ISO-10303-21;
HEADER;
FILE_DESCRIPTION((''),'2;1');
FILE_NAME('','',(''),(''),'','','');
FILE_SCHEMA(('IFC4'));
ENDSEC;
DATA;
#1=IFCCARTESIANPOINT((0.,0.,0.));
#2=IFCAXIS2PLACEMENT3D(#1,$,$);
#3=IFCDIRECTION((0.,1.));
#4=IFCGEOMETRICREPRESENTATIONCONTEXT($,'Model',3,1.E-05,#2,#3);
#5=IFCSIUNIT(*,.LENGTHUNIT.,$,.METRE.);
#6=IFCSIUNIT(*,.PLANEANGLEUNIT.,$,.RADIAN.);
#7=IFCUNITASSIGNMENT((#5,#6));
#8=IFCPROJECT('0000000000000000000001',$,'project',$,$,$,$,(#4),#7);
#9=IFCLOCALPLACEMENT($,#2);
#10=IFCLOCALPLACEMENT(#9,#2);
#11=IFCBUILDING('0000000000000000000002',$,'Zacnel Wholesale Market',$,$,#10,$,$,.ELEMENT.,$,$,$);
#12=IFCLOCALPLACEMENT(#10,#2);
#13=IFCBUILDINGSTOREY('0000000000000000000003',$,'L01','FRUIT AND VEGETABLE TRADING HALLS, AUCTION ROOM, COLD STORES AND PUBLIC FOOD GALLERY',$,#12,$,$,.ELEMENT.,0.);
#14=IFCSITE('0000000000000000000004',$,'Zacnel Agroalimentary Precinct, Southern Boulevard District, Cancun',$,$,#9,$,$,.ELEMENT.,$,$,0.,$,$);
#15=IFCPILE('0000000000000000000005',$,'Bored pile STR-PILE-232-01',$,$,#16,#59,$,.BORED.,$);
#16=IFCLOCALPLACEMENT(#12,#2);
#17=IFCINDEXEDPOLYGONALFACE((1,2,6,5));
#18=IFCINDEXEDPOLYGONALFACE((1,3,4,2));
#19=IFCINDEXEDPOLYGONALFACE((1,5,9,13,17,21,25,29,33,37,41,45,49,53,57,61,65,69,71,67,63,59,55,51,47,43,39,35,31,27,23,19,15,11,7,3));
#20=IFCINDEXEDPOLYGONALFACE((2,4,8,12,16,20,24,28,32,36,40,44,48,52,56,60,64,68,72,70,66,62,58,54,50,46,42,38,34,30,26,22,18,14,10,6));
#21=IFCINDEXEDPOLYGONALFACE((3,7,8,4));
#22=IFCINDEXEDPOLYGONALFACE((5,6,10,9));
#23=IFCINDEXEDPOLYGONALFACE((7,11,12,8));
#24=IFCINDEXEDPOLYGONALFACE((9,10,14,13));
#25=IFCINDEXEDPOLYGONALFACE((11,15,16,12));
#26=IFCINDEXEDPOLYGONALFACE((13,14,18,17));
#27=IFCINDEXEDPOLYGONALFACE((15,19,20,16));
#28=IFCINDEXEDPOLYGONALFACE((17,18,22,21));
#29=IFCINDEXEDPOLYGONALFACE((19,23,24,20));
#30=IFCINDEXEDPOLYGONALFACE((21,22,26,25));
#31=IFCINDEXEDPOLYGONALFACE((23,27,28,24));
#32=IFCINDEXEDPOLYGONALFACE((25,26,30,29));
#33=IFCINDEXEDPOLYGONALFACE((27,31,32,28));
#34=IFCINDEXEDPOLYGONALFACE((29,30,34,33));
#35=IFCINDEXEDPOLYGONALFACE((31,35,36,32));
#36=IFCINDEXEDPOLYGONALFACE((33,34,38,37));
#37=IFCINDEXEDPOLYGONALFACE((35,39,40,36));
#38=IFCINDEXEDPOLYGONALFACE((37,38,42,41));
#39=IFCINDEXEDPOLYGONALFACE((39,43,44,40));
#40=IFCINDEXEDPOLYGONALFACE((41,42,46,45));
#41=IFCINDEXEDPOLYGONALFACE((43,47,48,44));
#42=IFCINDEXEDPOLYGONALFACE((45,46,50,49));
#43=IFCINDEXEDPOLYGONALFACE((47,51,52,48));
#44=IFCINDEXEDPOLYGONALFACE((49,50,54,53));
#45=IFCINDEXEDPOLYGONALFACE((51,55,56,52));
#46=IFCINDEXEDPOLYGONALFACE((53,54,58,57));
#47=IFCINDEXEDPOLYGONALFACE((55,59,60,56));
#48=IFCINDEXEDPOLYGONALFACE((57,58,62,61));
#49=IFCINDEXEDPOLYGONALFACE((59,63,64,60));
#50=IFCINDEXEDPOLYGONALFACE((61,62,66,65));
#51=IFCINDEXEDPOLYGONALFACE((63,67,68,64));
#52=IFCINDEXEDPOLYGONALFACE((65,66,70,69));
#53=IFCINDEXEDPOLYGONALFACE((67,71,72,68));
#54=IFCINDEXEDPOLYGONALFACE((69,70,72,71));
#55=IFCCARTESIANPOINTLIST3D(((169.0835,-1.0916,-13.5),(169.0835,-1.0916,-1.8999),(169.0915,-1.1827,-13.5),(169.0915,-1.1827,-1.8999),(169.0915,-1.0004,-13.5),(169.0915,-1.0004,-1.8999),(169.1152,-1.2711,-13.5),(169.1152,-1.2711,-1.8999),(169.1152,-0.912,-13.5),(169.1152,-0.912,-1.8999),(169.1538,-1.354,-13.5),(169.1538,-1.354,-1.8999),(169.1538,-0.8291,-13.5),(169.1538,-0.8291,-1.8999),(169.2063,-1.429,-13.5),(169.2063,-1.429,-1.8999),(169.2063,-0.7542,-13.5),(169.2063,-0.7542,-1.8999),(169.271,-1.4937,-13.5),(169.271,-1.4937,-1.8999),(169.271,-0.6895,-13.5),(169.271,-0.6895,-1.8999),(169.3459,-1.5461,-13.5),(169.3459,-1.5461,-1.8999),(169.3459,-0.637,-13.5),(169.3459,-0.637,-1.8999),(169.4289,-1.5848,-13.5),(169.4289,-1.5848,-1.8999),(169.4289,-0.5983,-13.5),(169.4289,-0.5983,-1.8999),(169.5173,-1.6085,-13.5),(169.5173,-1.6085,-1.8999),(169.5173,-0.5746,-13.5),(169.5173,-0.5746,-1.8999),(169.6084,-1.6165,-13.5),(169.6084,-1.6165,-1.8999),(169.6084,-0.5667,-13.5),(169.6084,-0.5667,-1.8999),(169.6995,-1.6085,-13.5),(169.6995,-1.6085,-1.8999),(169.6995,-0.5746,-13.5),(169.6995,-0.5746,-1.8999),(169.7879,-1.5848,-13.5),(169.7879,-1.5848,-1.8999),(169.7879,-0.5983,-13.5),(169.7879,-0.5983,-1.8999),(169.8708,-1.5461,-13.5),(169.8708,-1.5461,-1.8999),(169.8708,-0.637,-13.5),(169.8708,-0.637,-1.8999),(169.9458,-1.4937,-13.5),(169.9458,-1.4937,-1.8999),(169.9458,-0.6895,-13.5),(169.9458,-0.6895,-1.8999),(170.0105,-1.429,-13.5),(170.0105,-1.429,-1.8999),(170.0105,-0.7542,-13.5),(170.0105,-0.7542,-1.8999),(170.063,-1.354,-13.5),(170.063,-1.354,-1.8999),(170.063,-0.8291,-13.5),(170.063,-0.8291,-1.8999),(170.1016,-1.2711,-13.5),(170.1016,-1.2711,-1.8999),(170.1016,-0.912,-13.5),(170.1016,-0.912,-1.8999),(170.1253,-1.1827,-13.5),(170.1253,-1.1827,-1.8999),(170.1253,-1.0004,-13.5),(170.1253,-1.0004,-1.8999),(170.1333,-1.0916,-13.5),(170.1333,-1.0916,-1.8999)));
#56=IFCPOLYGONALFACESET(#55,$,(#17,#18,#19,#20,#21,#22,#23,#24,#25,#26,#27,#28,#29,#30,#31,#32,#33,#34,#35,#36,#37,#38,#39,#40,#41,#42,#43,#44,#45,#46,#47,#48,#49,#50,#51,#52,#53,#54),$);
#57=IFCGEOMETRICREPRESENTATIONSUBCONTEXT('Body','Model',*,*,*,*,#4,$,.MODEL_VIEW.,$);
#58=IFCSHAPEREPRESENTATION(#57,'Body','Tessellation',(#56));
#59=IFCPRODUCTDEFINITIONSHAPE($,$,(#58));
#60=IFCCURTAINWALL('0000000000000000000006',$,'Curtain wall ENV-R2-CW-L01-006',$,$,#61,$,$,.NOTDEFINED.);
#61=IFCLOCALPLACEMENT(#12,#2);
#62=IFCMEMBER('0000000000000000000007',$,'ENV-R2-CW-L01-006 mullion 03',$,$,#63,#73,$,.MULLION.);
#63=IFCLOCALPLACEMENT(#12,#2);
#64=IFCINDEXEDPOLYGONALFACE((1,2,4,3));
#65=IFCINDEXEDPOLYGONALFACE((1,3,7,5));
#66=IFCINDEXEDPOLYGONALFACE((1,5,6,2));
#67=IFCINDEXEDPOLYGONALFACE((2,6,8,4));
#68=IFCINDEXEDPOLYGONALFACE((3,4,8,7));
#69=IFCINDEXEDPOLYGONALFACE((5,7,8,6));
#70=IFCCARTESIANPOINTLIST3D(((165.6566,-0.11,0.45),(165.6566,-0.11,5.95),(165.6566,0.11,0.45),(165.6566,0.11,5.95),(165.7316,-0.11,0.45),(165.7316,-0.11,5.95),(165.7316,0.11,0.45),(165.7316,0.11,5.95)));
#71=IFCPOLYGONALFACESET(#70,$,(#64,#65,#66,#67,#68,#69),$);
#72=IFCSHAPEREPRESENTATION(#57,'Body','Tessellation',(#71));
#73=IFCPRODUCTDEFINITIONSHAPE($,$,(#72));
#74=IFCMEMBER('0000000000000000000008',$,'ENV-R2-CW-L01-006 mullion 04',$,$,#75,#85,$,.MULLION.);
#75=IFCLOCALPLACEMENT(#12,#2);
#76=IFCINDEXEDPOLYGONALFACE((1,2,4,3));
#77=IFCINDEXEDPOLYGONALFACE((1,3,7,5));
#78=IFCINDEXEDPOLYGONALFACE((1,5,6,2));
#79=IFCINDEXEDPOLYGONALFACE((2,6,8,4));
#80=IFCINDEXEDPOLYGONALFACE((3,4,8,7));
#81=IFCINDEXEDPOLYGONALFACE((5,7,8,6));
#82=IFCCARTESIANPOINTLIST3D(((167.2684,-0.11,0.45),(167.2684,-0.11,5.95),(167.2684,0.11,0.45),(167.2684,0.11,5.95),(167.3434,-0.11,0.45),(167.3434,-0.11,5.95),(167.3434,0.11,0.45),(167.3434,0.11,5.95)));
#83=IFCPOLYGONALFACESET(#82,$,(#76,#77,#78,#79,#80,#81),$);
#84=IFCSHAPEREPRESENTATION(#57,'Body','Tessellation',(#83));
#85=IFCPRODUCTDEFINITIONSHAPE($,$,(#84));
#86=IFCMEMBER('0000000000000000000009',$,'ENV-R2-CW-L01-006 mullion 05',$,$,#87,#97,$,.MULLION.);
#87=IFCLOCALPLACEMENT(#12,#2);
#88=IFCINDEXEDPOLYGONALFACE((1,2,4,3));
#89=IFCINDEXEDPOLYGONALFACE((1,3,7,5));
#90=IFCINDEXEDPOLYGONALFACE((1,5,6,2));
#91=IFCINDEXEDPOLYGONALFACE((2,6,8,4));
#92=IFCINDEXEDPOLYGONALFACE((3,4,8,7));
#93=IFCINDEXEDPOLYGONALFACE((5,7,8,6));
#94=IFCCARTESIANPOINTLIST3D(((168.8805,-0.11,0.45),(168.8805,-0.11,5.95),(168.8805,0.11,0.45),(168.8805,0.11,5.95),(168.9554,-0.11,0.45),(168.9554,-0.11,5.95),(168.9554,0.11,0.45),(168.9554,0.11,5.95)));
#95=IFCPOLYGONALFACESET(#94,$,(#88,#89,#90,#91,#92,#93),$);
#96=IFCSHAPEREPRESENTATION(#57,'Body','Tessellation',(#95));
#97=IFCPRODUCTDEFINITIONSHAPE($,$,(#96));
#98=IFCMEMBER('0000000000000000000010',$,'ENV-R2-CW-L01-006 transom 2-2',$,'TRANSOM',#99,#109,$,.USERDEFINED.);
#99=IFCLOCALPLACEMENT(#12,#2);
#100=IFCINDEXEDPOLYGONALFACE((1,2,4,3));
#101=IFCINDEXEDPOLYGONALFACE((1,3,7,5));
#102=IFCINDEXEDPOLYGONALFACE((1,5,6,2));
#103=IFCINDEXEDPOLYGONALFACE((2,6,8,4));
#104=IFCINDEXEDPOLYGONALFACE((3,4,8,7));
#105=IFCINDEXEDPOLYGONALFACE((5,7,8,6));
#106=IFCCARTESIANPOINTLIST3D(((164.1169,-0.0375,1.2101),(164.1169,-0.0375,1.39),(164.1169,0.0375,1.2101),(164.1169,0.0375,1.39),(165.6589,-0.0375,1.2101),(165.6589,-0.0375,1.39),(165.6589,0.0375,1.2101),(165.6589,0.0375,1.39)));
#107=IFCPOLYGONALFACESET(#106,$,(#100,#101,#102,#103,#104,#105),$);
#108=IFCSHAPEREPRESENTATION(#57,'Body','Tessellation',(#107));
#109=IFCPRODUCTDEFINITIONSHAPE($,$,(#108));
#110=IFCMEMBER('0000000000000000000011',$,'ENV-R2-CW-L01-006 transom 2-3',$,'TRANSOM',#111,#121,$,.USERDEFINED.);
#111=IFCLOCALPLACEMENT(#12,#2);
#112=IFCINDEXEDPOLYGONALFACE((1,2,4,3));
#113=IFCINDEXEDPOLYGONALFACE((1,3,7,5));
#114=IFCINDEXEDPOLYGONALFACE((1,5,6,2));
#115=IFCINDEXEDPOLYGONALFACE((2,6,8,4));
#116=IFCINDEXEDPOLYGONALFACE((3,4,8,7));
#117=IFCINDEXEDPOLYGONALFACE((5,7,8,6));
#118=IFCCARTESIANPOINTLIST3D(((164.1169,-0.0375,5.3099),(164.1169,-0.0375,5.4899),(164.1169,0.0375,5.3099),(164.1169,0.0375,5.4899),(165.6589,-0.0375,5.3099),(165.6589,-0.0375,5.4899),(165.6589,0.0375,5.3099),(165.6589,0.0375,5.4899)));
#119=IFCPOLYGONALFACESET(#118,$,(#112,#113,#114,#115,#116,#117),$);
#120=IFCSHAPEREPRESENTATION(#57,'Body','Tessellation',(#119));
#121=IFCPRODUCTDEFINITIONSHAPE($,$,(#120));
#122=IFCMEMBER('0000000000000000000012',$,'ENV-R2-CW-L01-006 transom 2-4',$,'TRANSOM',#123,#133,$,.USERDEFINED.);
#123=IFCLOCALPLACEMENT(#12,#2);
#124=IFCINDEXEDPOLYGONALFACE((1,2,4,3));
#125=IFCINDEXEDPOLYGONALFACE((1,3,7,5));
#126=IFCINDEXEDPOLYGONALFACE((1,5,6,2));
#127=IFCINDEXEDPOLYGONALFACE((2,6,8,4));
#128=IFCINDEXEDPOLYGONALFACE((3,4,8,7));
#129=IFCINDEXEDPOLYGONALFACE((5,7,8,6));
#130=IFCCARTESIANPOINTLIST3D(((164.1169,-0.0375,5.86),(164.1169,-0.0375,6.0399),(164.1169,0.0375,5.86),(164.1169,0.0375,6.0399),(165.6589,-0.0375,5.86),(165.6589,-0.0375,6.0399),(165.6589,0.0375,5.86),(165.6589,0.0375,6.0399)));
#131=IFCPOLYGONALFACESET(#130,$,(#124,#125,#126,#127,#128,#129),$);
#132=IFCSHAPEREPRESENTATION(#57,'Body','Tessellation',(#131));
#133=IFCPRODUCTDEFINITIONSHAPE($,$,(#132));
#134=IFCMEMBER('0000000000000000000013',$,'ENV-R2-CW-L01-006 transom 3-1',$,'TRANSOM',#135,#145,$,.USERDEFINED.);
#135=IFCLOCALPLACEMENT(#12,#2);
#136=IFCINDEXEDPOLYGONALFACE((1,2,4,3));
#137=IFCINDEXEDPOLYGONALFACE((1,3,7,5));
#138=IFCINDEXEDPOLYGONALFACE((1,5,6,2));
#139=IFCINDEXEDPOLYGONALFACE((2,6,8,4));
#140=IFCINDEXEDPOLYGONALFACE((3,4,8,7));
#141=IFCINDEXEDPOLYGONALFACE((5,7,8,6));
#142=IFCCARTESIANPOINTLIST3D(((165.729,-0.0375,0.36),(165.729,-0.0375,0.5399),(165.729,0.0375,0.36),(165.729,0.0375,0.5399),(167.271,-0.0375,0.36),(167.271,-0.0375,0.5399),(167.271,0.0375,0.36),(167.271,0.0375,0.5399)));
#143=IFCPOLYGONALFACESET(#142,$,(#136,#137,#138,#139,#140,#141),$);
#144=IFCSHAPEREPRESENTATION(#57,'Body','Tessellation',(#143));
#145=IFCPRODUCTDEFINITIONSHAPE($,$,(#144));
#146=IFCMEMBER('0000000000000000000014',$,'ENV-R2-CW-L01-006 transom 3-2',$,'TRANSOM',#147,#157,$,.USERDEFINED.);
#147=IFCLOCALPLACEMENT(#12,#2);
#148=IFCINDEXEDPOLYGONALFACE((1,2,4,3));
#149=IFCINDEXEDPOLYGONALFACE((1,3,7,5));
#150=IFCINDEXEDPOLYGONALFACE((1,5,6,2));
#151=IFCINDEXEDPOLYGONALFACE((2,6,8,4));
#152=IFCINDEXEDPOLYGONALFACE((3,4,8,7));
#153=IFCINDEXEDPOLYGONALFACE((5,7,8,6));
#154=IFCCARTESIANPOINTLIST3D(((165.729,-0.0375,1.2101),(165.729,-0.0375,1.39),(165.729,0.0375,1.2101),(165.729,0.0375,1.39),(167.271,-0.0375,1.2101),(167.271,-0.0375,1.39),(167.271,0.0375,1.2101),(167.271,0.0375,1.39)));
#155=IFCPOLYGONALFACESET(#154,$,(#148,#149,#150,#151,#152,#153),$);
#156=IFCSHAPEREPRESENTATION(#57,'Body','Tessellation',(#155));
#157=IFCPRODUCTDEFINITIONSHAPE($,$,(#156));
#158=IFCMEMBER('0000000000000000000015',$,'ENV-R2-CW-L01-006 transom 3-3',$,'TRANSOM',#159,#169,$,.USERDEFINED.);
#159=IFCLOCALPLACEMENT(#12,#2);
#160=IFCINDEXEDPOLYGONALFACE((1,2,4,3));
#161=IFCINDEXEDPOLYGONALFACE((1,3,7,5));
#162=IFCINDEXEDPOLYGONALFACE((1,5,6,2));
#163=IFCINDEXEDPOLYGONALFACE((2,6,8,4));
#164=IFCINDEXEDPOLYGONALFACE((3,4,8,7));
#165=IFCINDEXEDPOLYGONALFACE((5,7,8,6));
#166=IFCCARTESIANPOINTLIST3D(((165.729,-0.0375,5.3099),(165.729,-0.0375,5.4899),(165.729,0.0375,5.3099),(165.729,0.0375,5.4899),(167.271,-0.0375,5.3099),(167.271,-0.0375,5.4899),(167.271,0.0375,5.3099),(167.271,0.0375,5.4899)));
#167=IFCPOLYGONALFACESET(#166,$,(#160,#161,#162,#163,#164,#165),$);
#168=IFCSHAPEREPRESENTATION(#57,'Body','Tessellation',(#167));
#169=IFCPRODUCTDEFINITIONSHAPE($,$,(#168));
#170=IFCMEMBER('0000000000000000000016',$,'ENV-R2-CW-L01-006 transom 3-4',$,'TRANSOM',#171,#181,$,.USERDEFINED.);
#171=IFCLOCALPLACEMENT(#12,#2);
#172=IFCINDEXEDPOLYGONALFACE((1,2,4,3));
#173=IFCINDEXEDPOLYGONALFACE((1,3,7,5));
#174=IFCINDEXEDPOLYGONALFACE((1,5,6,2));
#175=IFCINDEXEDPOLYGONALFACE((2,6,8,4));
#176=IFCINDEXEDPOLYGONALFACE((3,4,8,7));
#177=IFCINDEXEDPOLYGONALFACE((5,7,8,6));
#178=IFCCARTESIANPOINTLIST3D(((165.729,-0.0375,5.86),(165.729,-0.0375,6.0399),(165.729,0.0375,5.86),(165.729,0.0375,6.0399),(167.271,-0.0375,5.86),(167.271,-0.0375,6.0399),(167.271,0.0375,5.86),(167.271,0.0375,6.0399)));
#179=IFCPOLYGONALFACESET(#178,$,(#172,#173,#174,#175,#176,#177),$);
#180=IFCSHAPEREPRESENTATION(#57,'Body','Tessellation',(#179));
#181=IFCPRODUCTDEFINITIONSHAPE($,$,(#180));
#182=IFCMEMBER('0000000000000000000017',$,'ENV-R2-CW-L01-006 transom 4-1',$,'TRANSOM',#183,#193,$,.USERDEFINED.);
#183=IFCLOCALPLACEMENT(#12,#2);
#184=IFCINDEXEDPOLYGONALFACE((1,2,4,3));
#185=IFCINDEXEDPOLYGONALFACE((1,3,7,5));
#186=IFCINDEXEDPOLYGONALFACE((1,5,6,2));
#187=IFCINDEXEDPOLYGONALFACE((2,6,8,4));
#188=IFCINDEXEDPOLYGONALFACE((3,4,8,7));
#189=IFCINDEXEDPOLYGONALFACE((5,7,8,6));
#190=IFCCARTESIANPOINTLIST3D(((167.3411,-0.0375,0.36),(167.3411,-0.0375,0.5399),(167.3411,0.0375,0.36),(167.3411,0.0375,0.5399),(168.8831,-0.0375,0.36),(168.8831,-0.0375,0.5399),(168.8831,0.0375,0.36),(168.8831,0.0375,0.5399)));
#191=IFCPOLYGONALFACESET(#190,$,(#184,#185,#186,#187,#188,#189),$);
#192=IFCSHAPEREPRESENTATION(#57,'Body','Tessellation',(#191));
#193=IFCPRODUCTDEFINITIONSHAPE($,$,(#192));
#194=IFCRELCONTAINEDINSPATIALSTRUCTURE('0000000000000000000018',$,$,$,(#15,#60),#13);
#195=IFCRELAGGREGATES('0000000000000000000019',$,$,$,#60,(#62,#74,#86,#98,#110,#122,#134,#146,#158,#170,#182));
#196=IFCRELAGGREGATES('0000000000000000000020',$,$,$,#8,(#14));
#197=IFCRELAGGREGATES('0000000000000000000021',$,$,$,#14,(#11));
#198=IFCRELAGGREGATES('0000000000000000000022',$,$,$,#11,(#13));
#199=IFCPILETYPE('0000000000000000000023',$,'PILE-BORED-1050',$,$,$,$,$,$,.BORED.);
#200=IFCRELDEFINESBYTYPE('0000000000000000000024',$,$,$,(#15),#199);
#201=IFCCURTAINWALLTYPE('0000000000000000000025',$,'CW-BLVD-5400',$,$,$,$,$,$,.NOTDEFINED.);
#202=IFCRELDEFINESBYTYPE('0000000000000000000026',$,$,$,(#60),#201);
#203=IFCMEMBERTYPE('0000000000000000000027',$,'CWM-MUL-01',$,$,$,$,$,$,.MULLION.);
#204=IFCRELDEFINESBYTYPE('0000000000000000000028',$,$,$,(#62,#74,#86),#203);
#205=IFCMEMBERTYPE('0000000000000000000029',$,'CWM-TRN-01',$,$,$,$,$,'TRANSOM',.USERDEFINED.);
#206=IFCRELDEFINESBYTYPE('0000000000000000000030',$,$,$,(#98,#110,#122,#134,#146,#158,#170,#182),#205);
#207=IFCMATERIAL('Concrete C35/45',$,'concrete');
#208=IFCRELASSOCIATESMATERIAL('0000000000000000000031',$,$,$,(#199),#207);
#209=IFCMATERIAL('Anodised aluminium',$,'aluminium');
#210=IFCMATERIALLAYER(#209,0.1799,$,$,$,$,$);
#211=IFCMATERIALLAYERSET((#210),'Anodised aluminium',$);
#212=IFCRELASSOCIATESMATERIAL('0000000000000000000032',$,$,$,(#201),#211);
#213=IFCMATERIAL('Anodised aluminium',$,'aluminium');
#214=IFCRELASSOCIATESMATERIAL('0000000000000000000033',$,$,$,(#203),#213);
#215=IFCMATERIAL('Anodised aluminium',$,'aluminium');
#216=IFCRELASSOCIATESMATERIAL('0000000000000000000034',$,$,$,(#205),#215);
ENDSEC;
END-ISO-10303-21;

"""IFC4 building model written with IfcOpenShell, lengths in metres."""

from ifc_helpers import new_model, si_unit, direction, frame, origin, origin_2d, place, context, subcontext, project, spatial, rectangle, circle, extrude, material, layer, layer_set, material_profile, profile_set, type_object, element, aggregate, save


model = new_model("IFC4")

# Units and contexts
model_context = context("Model", 3, precision=1e-05, world=origin(), true_north=direction((0.0, 1.0)))
body_context = subcontext(model_context, "Body", "Model", "MODEL_VIEW")
ifc_project = project(units=[si_unit("LENGTHUNIT", "METRE"), si_unit("PLANEANGLEUNIT", "RADIAN")], contexts=[model_context])

# Site, building, storey
site_placement = place(None, origin())
site = spatial("IfcSite", under=ifc_project, at=site_placement, Name="Zacnel Agroalimentary Precinct, Southern Boulevard District, Cancun", CompositionType="ELEMENT", RefElevation=0.0)
building_placement = place(site_placement, origin())
building = spatial("IfcBuilding", under=site, at=building_placement, Name="Zacnel Wholesale Market", CompositionType="ELEMENT")
storey_placement = place(building_placement, origin())
storey = spatial("IfcBuildingStorey", under=building, at=storey_placement, Name="L01", Description="FRUIT AND VEGETABLE TRADING HALLS, AUCTION ROOM, COLD STORES AND PUBLIC FOOD GALLERY", CompositionType="ELEMENT", Elevation=0.0)

# Pile
ifc_material_1 = material(Name="Concrete C35/45", Category="concrete")
ifc_material_profile_1 = material_profile(ifc_material_1, circle(Radius=0.5249, at=origin_2d()), Name="BORED PILE D1050")
ifc_profile_set_1 = profile_set([ifc_material_profile_1], Name="Concrete C35/45")
pile_type = type_object("IfcPileType", Name="PILE-BORED-1050", PredefinedType="BORED", material=ifc_profile_set_1)
pile_placement = place(storey_placement, frame((169.6084, -1.0916, -1.8999), z_axis=(0.0, 0.0, -1.0), x_axis=(1.0, 0.0, 0.0)))
element("IfcPile", 1, at=pile_placement, inside=storey, type_object=pile_type, Name="Bored pile STR-PILE-232-01", PredefinedType="BORED", context=body_context, shape_type="SweptSolid", body=[
    extrude(circle(Radius=0.5249, at=origin_2d()), origin(), (0.0, 0.0, 1.0), 11.6001),
])

# Curtain wall, members
ifc_material_2 = material(Name="Anodised aluminium", Category="aluminium")
ifc_layer_1 = layer(ifc_material_2, 0.1799)
ifc_layer_set_1 = layer_set([ifc_layer_1], Name="Anodised aluminium")
curtain_wall_type = type_object("IfcCurtainWallType", Name="CW-BLVD-5400", PredefinedType="NOTDEFINED", material=ifc_layer_set_1)
curtain_wall_placement = place(storey_placement, origin())
curtain_wall = element("IfcCurtainWall", 2, at=curtain_wall_placement, inside=storey, type_object=curtain_wall_type, Name="Curtain wall ENV-R2-CW-L01-006", PredefinedType="NOTDEFINED")
ifc_material_3 = material(Name="Anodised aluminium", Category="aluminium")
ifc_material_profile_2 = material_profile(ifc_material_3, rectangle(XDim=0.075, YDim=0.22, at=origin_2d()), Name="AW-MULLION 75x220")
ifc_profile_set_2 = profile_set([ifc_material_profile_2], Name="Anodised aluminium")
member_type_1 = type_object("IfcMemberType", Name="CWM-MUL-01", PredefinedType="MULLION", material=ifc_profile_set_2)
member_1_placement = place(storey_placement, frame((165.6941, 0.0, 0.45), z_axis=(0.0, 0.0, 1.0), x_axis=(1.0, 0.0, 0.0)))
member_1 = element("IfcMember", 3, at=member_1_placement, type_object=member_type_1, Name="ENV-R2-CW-L01-006 mullion 03", PredefinedType="MULLION", context=body_context, shape_type="SweptSolid", body=[
    extrude(rectangle(XDim=0.075, YDim=0.22, at=origin_2d()), origin(), (0.0, 0.0, 1.0), 5.5),
])
member_2_placement = place(storey_placement, frame((167.3059, 0.0, 0.45), z_axis=(0.0, 0.0, 1.0), x_axis=(1.0, 0.0, 0.0)))
member_2 = element("IfcMember", 4, at=member_2_placement, type_object=member_type_1, Name="ENV-R2-CW-L01-006 mullion 04", PredefinedType="MULLION", context=body_context, shape_type="SweptSolid", body=[
    extrude(rectangle(XDim=0.075, YDim=0.22, at=origin_2d()), origin(), (0.0, 0.0, 1.0), 5.5),
])
member_3_placement = place(storey_placement, frame((168.918, 0.0, 0.45), z_axis=(0.0, 0.0, 1.0), x_axis=(1.0, 0.0, 0.0)))
member_3 = element("IfcMember", 5, at=member_3_placement, type_object=member_type_1, Name="ENV-R2-CW-L01-006 mullion 05", PredefinedType="MULLION", context=body_context, shape_type="SweptSolid", body=[
    extrude(rectangle(XDim=0.075, YDim=0.22, at=origin_2d()), origin(), (0.0, 0.0, 1.0), 5.5),
])
ifc_material_4 = material(Name="Anodised aluminium", Category="aluminium")
ifc_material_profile_3 = material_profile(ifc_material_4, rectangle(XDim=0.075, YDim=0.1799, at=origin_2d()), Name="AW-TRANSOM 75x180")
ifc_profile_set_3 = profile_set([ifc_material_profile_3], Name="Anodised aluminium")
member_type_2 = type_object("IfcMemberType", Name="CWM-TRN-01", ElementType="TRANSOM", PredefinedType="USERDEFINED", material=ifc_profile_set_3)
member_4_placement = place(storey_placement, frame((164.1169, 0.0, 1.3), z_axis=(1.0, 0.0, 0.0), x_axis=(0.0, 1.0, 0.0)))
member_4 = element("IfcMember", 6, at=member_4_placement, type_object=member_type_2, Name="ENV-R2-CW-L01-006 transom 2-2", ObjectType="TRANSOM", PredefinedType="USERDEFINED", context=body_context, shape_type="SweptSolid", body=[
    extrude(rectangle(XDim=0.075, YDim=0.1799, at=origin_2d()), origin(), (0.0, 0.0, 1.0), 1.542),
])
member_5_placement = place(storey_placement, frame((164.1169, 0.0, 5.3999), z_axis=(1.0, 0.0, 0.0), x_axis=(0.0, 1.0, 0.0)))
member_5 = element("IfcMember", 7, at=member_5_placement, type_object=member_type_2, Name="ENV-R2-CW-L01-006 transom 2-3", ObjectType="TRANSOM", PredefinedType="USERDEFINED", context=body_context, shape_type="SweptSolid", body=[
    extrude(rectangle(XDim=0.075, YDim=0.1799, at=origin_2d()), origin(), (0.0, 0.0, 1.0), 1.542),
])
member_6_placement = place(storey_placement, frame((164.1169, 0.0, 5.95), z_axis=(1.0, 0.0, 0.0), x_axis=(0.0, 1.0, 0.0)))
member_6 = element("IfcMember", 8, at=member_6_placement, type_object=member_type_2, Name="ENV-R2-CW-L01-006 transom 2-4", ObjectType="TRANSOM", PredefinedType="USERDEFINED", context=body_context, shape_type="SweptSolid", body=[
    extrude(rectangle(XDim=0.075, YDim=0.1799, at=origin_2d()), origin(), (0.0, 0.0, 1.0), 1.542),
])
member_7_placement = place(storey_placement, frame((165.729, 0.0, 0.45), z_axis=(1.0, 0.0, 0.0), x_axis=(0.0, 1.0, 0.0)))
member_7 = element("IfcMember", 9, at=member_7_placement, type_object=member_type_2, Name="ENV-R2-CW-L01-006 transom 3-1", ObjectType="TRANSOM", PredefinedType="USERDEFINED", context=body_context, shape_type="SweptSolid", body=[
    extrude(rectangle(XDim=0.075, YDim=0.1799, at=origin_2d()), origin(), (0.0, 0.0, 1.0), 1.542),
])
member_8_placement = place(storey_placement, frame((165.729, 0.0, 1.3), z_axis=(1.0, 0.0, 0.0), x_axis=(0.0, 1.0, 0.0)))
member_8 = element("IfcMember", 10, at=member_8_placement, type_object=member_type_2, Name="ENV-R2-CW-L01-006 transom 3-2", ObjectType="TRANSOM", PredefinedType="USERDEFINED", context=body_context, shape_type="SweptSolid", body=[
    extrude(rectangle(XDim=0.075, YDim=0.1799, at=origin_2d()), origin(), (0.0, 0.0, 1.0), 1.542),
])
member_9_placement = place(storey_placement, frame((165.729, 0.0, 5.3999), z_axis=(1.0, 0.0, 0.0), x_axis=(0.0, 1.0, 0.0)))
member_9 = element("IfcMember", 11, at=member_9_placement, type_object=member_type_2, Name="ENV-R2-CW-L01-006 transom 3-3", ObjectType="TRANSOM", PredefinedType="USERDEFINED", context=body_context, shape_type="SweptSolid", body=[
    extrude(rectangle(XDim=0.075, YDim=0.1799, at=origin_2d()), origin(), (0.0, 0.0, 1.0), 1.542),
])
member_10_placement = place(storey_placement, frame((165.729, 0.0, 5.95), z_axis=(1.0, 0.0, 0.0), x_axis=(0.0, 1.0, 0.0)))
member_10 = element("IfcMember", 12, at=member_10_placement, type_object=member_type_2, Name="ENV-R2-CW-L01-006 transom 3-4", ObjectType="TRANSOM", PredefinedType="USERDEFINED", context=body_context, shape_type="SweptSolid", body=[
    extrude(rectangle(XDim=0.075, YDim=0.1799, at=origin_2d()), origin(), (0.0, 0.0, 1.0), 1.542),
])
member_11_placement = place(storey_placement, frame((167.3411, 0.0, 0.45), z_axis=(1.0, 0.0, 0.0), x_axis=(0.0, 1.0, 0.0)))
member_11 = element("IfcMember", 13, at=member_11_placement, type_object=member_type_2, Name="ENV-R2-CW-L01-006 transom 4-1", ObjectType="TRANSOM", PredefinedType="USERDEFINED", context=body_context, shape_type="SweptSolid", body=[
    extrude(rectangle(XDim=0.075, YDim=0.1799, at=origin_2d()), origin(), (0.0, 0.0, 1.0), 1.542),
])
aggregate(curtain_wall, [member_1, member_2, member_3, member_4, member_5, member_6, member_7, member_8, member_9, member_10, member_11])

save(model, "model.ifc")
